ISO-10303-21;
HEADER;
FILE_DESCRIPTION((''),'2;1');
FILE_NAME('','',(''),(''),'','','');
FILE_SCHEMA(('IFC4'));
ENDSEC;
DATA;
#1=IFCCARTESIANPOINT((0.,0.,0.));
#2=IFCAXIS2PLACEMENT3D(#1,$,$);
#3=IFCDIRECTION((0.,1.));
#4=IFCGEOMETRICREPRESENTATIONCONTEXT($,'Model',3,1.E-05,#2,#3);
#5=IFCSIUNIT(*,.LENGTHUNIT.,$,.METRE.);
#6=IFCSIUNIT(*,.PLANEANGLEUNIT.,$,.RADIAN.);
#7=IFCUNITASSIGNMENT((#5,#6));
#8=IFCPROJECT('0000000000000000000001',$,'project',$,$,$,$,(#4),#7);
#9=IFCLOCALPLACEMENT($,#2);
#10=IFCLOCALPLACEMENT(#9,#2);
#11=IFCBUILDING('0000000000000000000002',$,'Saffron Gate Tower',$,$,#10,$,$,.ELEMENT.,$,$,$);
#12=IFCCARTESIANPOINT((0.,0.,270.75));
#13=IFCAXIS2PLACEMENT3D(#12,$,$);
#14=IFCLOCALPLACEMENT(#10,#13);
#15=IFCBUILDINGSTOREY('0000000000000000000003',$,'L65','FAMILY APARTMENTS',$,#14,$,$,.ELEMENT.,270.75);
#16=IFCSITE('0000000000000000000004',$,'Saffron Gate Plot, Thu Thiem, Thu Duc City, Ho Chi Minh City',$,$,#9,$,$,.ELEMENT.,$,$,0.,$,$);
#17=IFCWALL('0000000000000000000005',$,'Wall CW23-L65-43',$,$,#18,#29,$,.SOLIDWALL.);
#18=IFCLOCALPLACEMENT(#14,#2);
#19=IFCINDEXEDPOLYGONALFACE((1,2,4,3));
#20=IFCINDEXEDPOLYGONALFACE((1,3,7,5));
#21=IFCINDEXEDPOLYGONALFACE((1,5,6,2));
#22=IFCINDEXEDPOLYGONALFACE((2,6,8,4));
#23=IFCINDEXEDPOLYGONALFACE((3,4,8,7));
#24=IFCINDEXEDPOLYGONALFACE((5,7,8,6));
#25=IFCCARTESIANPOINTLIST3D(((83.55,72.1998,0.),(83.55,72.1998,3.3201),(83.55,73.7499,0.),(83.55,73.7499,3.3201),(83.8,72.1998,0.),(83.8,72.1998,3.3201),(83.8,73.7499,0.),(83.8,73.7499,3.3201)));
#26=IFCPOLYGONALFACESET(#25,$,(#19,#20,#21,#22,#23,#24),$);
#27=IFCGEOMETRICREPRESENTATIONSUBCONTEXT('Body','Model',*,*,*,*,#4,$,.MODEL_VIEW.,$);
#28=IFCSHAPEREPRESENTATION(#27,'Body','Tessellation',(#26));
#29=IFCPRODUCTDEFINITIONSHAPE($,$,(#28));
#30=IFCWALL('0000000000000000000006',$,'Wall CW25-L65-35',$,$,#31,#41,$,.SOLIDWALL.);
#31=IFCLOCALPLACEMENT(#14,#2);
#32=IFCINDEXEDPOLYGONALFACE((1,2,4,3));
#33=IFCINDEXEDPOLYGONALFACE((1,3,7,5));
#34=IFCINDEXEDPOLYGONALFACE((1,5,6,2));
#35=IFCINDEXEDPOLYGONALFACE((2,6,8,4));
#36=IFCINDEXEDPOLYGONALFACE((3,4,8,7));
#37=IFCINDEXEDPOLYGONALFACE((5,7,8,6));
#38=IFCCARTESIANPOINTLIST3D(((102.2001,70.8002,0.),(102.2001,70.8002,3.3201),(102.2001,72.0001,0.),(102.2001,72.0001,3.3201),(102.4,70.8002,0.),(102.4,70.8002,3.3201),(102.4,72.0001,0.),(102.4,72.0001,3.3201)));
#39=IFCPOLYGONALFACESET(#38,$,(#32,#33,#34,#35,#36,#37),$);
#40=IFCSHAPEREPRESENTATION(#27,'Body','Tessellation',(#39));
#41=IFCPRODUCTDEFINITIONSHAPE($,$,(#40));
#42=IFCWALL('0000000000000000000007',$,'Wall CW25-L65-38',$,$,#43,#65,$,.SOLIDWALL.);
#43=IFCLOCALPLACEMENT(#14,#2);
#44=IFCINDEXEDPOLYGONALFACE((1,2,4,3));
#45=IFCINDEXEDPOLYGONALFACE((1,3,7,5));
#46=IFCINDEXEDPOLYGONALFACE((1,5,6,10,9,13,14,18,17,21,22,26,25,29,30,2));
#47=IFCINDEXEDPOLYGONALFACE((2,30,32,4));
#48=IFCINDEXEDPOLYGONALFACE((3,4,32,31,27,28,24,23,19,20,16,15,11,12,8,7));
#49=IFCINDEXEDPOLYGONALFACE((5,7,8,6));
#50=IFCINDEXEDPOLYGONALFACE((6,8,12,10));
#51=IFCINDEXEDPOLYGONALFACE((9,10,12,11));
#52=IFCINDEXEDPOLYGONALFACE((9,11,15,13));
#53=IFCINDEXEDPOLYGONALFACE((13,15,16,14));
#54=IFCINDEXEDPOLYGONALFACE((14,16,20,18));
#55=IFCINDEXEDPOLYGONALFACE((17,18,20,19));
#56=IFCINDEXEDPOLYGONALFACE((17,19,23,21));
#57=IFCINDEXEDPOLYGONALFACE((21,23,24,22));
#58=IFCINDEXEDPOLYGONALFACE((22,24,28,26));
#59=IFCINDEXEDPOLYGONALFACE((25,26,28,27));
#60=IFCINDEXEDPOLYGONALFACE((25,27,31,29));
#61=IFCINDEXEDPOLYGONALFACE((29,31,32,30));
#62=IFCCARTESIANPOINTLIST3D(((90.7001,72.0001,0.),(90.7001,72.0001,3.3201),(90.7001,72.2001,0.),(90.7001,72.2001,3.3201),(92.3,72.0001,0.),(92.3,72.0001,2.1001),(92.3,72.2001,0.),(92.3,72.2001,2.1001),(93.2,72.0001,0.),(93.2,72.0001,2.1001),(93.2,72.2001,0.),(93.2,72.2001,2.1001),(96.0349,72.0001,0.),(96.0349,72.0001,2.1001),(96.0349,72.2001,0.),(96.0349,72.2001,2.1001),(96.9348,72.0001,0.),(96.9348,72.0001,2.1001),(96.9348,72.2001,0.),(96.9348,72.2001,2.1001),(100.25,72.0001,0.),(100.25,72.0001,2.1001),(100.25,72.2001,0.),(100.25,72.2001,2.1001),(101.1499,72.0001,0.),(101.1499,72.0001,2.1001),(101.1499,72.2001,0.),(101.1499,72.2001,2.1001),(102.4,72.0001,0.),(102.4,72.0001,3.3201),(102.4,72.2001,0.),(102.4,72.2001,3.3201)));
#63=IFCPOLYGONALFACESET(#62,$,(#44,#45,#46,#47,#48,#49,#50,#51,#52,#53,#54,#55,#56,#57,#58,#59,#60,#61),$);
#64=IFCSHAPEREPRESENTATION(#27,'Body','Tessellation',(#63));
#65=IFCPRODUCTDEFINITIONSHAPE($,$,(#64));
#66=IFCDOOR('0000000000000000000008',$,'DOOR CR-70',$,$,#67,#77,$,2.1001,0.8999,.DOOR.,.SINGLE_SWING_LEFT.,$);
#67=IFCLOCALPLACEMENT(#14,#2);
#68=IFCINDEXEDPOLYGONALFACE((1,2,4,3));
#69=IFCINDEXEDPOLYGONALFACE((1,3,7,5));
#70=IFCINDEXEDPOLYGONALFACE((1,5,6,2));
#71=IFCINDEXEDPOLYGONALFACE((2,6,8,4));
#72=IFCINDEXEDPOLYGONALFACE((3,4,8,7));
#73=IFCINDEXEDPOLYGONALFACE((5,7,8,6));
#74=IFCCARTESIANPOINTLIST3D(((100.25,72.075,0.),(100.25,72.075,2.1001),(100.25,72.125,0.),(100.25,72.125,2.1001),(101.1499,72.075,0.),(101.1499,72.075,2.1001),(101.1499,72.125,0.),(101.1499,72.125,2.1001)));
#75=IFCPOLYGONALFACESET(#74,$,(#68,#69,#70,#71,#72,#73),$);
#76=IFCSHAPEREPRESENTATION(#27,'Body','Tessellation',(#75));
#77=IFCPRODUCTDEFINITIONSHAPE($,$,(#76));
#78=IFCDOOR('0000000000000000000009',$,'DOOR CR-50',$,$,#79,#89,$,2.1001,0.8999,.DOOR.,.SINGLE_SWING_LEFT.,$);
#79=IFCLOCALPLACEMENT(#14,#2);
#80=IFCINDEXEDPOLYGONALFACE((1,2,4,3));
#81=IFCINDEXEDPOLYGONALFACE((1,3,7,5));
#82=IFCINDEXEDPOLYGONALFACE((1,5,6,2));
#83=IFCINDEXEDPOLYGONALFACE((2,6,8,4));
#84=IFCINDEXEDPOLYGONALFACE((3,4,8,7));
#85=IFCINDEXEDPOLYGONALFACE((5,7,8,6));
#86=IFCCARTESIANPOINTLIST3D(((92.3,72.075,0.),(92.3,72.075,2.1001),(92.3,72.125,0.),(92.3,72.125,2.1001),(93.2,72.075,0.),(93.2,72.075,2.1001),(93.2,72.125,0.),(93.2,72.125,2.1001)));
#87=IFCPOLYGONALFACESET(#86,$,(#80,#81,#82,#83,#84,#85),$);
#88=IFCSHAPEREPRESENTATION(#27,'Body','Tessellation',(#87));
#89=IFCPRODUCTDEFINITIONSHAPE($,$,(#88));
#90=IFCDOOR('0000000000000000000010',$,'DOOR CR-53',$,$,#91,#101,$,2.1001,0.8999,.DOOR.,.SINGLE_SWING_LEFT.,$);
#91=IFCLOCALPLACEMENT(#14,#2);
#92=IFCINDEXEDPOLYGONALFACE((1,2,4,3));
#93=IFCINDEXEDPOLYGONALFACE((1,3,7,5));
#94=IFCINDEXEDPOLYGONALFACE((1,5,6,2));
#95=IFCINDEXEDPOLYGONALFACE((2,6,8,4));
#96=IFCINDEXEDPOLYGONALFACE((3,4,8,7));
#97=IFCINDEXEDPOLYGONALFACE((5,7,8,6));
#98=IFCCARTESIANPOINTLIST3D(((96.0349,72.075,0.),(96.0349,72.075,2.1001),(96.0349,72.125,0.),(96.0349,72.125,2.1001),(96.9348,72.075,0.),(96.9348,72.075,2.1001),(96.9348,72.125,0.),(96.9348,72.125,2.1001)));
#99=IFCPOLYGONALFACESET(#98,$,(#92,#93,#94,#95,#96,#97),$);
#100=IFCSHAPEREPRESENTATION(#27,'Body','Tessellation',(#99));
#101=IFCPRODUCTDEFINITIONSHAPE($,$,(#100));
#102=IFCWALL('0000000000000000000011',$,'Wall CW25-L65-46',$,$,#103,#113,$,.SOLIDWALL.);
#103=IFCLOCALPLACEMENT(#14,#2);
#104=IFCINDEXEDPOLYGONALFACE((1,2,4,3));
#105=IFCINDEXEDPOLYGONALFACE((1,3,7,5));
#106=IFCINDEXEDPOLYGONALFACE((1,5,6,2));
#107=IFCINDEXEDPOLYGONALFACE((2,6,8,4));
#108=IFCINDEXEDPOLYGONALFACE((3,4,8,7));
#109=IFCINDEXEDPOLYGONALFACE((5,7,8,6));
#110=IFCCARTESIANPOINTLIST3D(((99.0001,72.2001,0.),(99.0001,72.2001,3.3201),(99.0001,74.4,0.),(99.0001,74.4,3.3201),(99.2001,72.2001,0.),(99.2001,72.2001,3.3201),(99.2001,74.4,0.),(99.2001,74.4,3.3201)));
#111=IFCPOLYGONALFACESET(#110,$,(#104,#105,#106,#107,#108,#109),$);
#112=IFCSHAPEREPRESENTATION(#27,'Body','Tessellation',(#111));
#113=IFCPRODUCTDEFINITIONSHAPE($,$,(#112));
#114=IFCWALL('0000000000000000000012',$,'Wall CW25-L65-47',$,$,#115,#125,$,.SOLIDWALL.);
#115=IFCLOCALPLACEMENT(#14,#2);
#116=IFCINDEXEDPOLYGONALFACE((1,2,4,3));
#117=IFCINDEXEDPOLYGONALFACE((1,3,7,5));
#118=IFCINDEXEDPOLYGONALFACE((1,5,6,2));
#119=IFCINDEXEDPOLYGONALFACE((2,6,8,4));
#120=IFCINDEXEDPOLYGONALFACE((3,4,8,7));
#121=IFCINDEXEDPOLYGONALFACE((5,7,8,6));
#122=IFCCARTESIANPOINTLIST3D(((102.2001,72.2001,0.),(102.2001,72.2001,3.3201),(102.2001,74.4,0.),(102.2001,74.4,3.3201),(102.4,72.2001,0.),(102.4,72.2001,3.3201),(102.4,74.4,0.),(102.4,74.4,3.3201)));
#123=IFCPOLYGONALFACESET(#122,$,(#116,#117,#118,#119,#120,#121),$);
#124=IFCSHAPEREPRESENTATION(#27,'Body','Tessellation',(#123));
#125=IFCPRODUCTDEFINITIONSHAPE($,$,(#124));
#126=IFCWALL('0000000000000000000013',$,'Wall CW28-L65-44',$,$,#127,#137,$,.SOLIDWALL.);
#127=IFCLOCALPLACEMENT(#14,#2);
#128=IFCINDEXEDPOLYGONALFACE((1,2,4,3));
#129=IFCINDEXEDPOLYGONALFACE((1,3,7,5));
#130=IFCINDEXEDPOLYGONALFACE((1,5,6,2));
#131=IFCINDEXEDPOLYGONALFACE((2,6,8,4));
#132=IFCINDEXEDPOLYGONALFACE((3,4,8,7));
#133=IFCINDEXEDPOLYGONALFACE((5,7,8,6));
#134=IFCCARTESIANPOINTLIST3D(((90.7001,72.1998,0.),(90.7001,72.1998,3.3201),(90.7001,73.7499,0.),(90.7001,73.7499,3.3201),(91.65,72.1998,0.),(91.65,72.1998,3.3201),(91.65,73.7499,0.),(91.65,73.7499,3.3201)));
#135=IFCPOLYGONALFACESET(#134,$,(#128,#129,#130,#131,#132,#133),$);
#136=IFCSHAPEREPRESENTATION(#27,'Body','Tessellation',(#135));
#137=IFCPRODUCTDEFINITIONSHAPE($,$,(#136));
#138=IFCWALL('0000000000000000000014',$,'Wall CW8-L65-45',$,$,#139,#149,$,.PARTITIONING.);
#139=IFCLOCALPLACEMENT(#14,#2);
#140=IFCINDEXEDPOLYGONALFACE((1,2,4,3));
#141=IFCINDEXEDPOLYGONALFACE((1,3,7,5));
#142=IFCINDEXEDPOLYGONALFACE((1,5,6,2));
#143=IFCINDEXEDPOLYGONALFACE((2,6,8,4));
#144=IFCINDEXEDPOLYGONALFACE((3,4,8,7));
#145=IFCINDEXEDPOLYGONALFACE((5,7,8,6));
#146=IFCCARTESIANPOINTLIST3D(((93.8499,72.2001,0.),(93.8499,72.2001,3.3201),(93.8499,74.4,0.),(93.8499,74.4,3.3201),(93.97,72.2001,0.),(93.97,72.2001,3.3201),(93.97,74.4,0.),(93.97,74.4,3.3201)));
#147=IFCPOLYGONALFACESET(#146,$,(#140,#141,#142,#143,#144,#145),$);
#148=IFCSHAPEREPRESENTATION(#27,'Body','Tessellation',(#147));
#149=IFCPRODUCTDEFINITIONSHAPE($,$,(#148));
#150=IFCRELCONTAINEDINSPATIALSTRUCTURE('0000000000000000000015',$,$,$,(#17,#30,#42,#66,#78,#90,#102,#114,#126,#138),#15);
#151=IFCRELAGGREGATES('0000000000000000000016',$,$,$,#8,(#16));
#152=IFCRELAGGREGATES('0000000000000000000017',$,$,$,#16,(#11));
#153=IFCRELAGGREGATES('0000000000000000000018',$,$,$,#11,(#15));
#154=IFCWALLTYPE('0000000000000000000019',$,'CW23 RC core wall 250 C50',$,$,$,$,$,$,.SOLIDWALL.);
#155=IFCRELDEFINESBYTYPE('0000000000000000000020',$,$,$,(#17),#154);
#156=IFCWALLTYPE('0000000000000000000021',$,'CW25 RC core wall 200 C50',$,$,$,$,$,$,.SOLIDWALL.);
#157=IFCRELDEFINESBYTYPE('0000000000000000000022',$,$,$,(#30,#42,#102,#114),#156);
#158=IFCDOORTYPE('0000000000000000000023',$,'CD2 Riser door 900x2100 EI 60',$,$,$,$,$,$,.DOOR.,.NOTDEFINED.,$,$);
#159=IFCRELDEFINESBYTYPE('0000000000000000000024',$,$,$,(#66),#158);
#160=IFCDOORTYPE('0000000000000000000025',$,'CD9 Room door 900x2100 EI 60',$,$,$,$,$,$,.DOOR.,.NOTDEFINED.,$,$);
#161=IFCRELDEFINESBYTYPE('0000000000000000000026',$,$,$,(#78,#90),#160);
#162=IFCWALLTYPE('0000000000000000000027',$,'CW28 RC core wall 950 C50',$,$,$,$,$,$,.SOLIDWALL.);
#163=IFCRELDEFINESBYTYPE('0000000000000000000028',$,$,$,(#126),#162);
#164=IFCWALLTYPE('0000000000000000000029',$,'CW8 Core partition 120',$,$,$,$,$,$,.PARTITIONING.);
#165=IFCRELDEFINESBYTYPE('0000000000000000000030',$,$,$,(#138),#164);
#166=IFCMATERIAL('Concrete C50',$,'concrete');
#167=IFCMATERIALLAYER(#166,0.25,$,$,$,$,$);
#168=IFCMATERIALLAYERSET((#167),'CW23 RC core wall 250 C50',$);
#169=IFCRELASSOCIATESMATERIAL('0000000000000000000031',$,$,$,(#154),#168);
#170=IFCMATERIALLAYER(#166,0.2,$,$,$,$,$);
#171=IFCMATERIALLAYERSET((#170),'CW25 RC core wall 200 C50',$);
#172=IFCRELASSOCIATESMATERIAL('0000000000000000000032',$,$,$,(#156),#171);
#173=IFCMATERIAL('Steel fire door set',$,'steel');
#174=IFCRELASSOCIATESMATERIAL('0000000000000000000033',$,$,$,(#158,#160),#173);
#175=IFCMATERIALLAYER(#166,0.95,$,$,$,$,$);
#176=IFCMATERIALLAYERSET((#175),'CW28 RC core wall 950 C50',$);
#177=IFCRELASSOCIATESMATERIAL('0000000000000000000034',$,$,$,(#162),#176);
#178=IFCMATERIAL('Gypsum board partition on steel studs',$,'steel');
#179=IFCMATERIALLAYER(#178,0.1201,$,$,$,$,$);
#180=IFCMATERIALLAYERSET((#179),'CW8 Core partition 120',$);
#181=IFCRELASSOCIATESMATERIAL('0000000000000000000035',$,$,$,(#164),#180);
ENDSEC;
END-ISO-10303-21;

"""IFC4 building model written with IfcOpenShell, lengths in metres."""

from ifc_helpers import new_model, si_unit, direction, frame, frame_2d, origin, place, context, subcontext, project, spatial, rectangle, extrude, material, layer, layer_set, type_object, element, fill, save


model = new_model("IFC4")

# Units and contexts
model_context = context("Model", 3, precision=1e-05, world=origin(), true_north=direction((0.0, 1.0)))
body_context = subcontext(model_context, "Body", "Model", "MODEL_VIEW")
ifc_project = project(units=[si_unit("LENGTHUNIT", "METRE"), si_unit("PLANEANGLEUNIT", "RADIAN")], contexts=[model_context])

# Site, building, storey
site_placement = place(None, origin())
site = spatial("IfcSite", under=ifc_project, at=site_placement, Name="Saffron Gate Plot, Thu Thiem, Thu Duc City, Ho Chi Minh City", CompositionType="ELEMENT", RefElevation=0.0)
building_placement = place(site_placement, origin())
building = spatial("IfcBuilding", under=site, at=building_placement, Name="Saffron Gate Tower", CompositionType="ELEMENT")
storey_placement = place(building_placement, frame((0.0, 0.0, 270.75)))
storey = spatial("IfcBuildingStorey", under=building, at=storey_placement, Name="L65", Description="FAMILY APARTMENTS", CompositionType="ELEMENT", Elevation=270.75)

# Walls
ifc_material_1 = material(Name="Concrete C50", Category="concrete")
ifc_layer_1 = layer(ifc_material_1, 0.25)
ifc_layer_set_1 = layer_set([ifc_layer_1], Name="CW23 RC core wall 250 C50")
wall_type_1 = type_object("IfcWallType", Name="CW23 RC core wall 250 C50", PredefinedType="SOLIDWALL", material=ifc_layer_set_1)
wall_1_placement = place(storey_placement, frame((83.675, 72.2, 0.0), z_axis=(0.0, 0.0, 1.0), x_axis=(0.0, 1.0, 0.0)))
element("IfcWall", 1, at=wall_1_placement, inside=storey, type_object=wall_type_1, Name="Wall CW23-L65-43", PredefinedType="SOLIDWALL", context=body_context, shape_type="SweptSolid", body=[
    extrude(rectangle(XDim=1.55, YDim=0.25, at=frame_2d((0.7749, 0.0))), origin(), (0.0, 0.0, 1.0), 3.3201),
])
ifc_layer_2 = layer(ifc_material_1, 0.2)
ifc_layer_set_2 = layer_set([ifc_layer_2], Name="CW25 RC core wall 200 C50")
wall_type_2 = type_object("IfcWallType", Name="CW25 RC core wall 200 C50", PredefinedType="SOLIDWALL", material=ifc_layer_set_2)
wall_2_placement = place(storey_placement, frame((102.3, 70.8, 0.0), z_axis=(0.0, 0.0, 1.0), x_axis=(0.0, 1.0, 0.0)))
element("IfcWall", 2, at=wall_2_placement, inside=storey, type_object=wall_type_2, Name="Wall CW25-L65-35", PredefinedType="SOLIDWALL", context=body_context, shape_type="SweptSolid", body=[
    extrude(rectangle(XDim=1.2, YDim=0.2, at=frame_2d((0.6001, 0.0))), origin(), (0.0, 0.0, 1.0), 3.3201),
])

# Wall, openings, doors
wall_3_placement = place(storey_placement, frame((90.7, 72.1001, 0.0), z_axis=(0.0, 0.0, 1.0), x_axis=(1.0, 0.0, 0.0)))
wall_3 = element("IfcWall", 3, at=wall_3_placement, inside=storey, type_object=wall_type_2, Name="Wall CW25-L65-38", PredefinedType="SOLIDWALL", context=body_context, shape_type="SweptSolid", body=[
    extrude(rectangle(XDim=11.7, YDim=0.2, at=frame_2d((5.8501, 0.0))), origin(), (0.0, 0.0, 1.0), 3.3201),
])
opening_1_placement = place(wall_3_placement, frame((1.6001, 0.0, 0.0)))
opening_1 = element("IfcOpeningElement", 4, at=opening_1_placement, cuts=wall_3, PredefinedType="OPENING", context=body_context, shape_type="SweptSolid", body=[
    extrude(rectangle(XDim=0.8999, YDim=2.1001, at=frame_2d((0.45, 1.05))), frame((0.0, 0.1099, 0.0), z_axis=(0.0, -1.0, 0.0), x_axis=(1.0, 0.0, 0.0)), (0.0, 0.0, 1.0), 0.22),
])
opening_2_placement = place(wall_3_placement, frame((5.335, 0.0, 0.0)))
opening_2 = element("IfcOpeningElement", 5, at=opening_2_placement, cuts=wall_3, PredefinedType="OPENING", context=body_context, shape_type="SweptSolid", body=[
    extrude(rectangle(XDim=0.8999, YDim=2.1001, at=frame_2d((0.45, 1.05))), frame((0.0, 0.1099, 0.0), z_axis=(0.0, -1.0, 0.0), x_axis=(1.0, 0.0, 0.0)), (0.0, 0.0, 1.0), 0.22),
])
opening_3_placement = place(wall_3_placement, frame((9.55, 0.0, 0.0)))
opening_3 = element("IfcOpeningElement", 6, at=opening_3_placement, cuts=wall_3, PredefinedType="OPENING", context=body_context, shape_type="SweptSolid", body=[
    extrude(rectangle(XDim=0.8999, YDim=2.1001, at=frame_2d((0.45, 1.05))), frame((0.0, 0.1099, 0.0), z_axis=(0.0, -1.0, 0.0), x_axis=(1.0, 0.0, 0.0)), (0.0, 0.0, 1.0), 0.22),
])
ifc_material_2 = material(Name="Steel fire door set", Category="steel")
door_type_1 = type_object("IfcDoorType", Name="CD2 Riser door 900x2100 EI 60", OperationType="NOTDEFINED", PredefinedType="DOOR", material=ifc_material_2)
door_1_placement = place(opening_3_placement, origin())
door_1 = element("IfcDoor", 7, at=door_1_placement, inside=storey, type_object=door_type_1, Name="DOOR CR-70", OperationType="SINGLE_SWING_LEFT", OverallHeight=2.1001, OverallWidth=0.8999, PredefinedType="DOOR", context=body_context, shape_type="SweptSolid", body=[
    extrude(rectangle(XDim=0.8999, YDim=2.1001, at=frame_2d((0.45, 1.05))), frame((0.0, 0.0249, 0.0), z_axis=(0.0, -1.0, 0.0), x_axis=(1.0, 0.0, 0.0)), (0.0, 0.0, 1.0), 0.05),
])
fill(opening_3, door_1)
door_type_2 = type_object("IfcDoorType", Name="CD9 Room door 900x2100 EI 60", OperationType="NOTDEFINED", PredefinedType="DOOR", material=ifc_material_2)
door_2_placement = place(opening_1_placement, origin())
door_2 = element("IfcDoor", 8, at=door_2_placement, inside=storey, type_object=door_type_2, Name="DOOR CR-50", OperationType="SINGLE_SWING_LEFT", OverallHeight=2.1001, OverallWidth=0.8999, PredefinedType="DOOR", context=body_context, shape_type="SweptSolid", body=[
    extrude(rectangle(XDim=0.8999, YDim=2.1001, at=frame_2d((0.45, 1.05))), frame((0.0, 0.0249, 0.0), z_axis=(0.0, -1.0, 0.0), x_axis=(1.0, 0.0, 0.0)), (0.0, 0.0, 1.0), 0.05),
])
fill(opening_1, door_2)
door_3_placement = place(opening_2_placement, origin())
door_3 = element("IfcDoor", 9, at=door_3_placement, inside=storey, type_object=door_type_2, Name="DOOR CR-53", OperationType="SINGLE_SWING_LEFT", OverallHeight=2.1001, OverallWidth=0.8999, PredefinedType="DOOR", context=body_context, shape_type="SweptSolid", body=[
    extrude(rectangle(XDim=0.8999, YDim=2.1001, at=frame_2d((0.45, 1.05))), frame((0.0, 0.0249, 0.0), z_axis=(0.0, -1.0, 0.0), x_axis=(1.0, 0.0, 0.0)), (0.0, 0.0, 1.0), 0.05),
])
fill(opening_2, door_3)

# Walls
for number, where, z_axis, x_axis, name in (
    (10, (99.1001, 72.2, 0.0), (0.0, 0.0, 1.0), (0.0, 1.0, 0.0), "Wall CW25-L65-46"),
    (11, (102.3, 72.2, 0.0), (0.0, 0.0, 1.0), (0.0, 1.0, 0.0), "Wall CW25-L65-47"),
):
    element("IfcWall", number, at=place(storey_placement, frame(where, z_axis=z_axis, x_axis=x_axis)), inside=storey, type_object=wall_type_2, Name=name, PredefinedType="SOLIDWALL", context=body_context, shape_type="SweptSolid", body=[
        extrude(rectangle(XDim=2.2, YDim=0.2, at=frame_2d((1.1001, 0.0))), origin(), (0.0, 0.0, 1.0), 3.3201),
    ])
ifc_layer_3 = layer(ifc_material_1, 0.95)
ifc_layer_set_3 = layer_set([ifc_layer_3], Name="CW28 RC core wall 950 C50")
wall_type_3 = type_object("IfcWallType", Name="CW28 RC core wall 950 C50", PredefinedType="SOLIDWALL", material=ifc_layer_set_3)
wall_4_placement = place(storey_placement, frame((91.175, 72.2, 0.0), z_axis=(0.0, 0.0, 1.0), x_axis=(0.0, 1.0, 0.0)))
element("IfcWall", 12, at=wall_4_placement, inside=storey, type_object=wall_type_3, Name="Wall CW28-L65-44", PredefinedType="SOLIDWALL", context=body_context, shape_type="SweptSolid", body=[
    extrude(rectangle(XDim=1.55, YDim=0.95, at=frame_2d((0.7749, 0.0))), origin(), (0.0, 0.0, 1.0), 3.3201),
])
ifc_material_3 = material(Name="Gypsum board partition on steel studs", Category="steel")
ifc_layer_4 = layer(ifc_material_3, 0.1201)
ifc_layer_set_4 = layer_set([ifc_layer_4], Name="CW8 Core partition 120")
wall_type_4 = type_object("IfcWallType", Name="CW8 Core partition 120", PredefinedType="PARTITIONING", material=ifc_layer_set_4)
wall_5_placement = place(storey_placement, frame((93.9099, 72.2, 0.0), z_axis=(0.0, 0.0, 1.0), x_axis=(0.0, 1.0, 0.0)))
element("IfcWall", 13, at=wall_5_placement, inside=storey, type_object=wall_type_4, Name="Wall CW8-L65-45", PredefinedType="PARTITIONING", context=body_context, shape_type="SweptSolid", body=[
    extrude(rectangle(XDim=2.2, YDim=0.1201, at=frame_2d((1.1001, 0.0))), origin(), (0.0, 0.0, 1.0), 3.3201),
])

save(model, "model.ifc")
